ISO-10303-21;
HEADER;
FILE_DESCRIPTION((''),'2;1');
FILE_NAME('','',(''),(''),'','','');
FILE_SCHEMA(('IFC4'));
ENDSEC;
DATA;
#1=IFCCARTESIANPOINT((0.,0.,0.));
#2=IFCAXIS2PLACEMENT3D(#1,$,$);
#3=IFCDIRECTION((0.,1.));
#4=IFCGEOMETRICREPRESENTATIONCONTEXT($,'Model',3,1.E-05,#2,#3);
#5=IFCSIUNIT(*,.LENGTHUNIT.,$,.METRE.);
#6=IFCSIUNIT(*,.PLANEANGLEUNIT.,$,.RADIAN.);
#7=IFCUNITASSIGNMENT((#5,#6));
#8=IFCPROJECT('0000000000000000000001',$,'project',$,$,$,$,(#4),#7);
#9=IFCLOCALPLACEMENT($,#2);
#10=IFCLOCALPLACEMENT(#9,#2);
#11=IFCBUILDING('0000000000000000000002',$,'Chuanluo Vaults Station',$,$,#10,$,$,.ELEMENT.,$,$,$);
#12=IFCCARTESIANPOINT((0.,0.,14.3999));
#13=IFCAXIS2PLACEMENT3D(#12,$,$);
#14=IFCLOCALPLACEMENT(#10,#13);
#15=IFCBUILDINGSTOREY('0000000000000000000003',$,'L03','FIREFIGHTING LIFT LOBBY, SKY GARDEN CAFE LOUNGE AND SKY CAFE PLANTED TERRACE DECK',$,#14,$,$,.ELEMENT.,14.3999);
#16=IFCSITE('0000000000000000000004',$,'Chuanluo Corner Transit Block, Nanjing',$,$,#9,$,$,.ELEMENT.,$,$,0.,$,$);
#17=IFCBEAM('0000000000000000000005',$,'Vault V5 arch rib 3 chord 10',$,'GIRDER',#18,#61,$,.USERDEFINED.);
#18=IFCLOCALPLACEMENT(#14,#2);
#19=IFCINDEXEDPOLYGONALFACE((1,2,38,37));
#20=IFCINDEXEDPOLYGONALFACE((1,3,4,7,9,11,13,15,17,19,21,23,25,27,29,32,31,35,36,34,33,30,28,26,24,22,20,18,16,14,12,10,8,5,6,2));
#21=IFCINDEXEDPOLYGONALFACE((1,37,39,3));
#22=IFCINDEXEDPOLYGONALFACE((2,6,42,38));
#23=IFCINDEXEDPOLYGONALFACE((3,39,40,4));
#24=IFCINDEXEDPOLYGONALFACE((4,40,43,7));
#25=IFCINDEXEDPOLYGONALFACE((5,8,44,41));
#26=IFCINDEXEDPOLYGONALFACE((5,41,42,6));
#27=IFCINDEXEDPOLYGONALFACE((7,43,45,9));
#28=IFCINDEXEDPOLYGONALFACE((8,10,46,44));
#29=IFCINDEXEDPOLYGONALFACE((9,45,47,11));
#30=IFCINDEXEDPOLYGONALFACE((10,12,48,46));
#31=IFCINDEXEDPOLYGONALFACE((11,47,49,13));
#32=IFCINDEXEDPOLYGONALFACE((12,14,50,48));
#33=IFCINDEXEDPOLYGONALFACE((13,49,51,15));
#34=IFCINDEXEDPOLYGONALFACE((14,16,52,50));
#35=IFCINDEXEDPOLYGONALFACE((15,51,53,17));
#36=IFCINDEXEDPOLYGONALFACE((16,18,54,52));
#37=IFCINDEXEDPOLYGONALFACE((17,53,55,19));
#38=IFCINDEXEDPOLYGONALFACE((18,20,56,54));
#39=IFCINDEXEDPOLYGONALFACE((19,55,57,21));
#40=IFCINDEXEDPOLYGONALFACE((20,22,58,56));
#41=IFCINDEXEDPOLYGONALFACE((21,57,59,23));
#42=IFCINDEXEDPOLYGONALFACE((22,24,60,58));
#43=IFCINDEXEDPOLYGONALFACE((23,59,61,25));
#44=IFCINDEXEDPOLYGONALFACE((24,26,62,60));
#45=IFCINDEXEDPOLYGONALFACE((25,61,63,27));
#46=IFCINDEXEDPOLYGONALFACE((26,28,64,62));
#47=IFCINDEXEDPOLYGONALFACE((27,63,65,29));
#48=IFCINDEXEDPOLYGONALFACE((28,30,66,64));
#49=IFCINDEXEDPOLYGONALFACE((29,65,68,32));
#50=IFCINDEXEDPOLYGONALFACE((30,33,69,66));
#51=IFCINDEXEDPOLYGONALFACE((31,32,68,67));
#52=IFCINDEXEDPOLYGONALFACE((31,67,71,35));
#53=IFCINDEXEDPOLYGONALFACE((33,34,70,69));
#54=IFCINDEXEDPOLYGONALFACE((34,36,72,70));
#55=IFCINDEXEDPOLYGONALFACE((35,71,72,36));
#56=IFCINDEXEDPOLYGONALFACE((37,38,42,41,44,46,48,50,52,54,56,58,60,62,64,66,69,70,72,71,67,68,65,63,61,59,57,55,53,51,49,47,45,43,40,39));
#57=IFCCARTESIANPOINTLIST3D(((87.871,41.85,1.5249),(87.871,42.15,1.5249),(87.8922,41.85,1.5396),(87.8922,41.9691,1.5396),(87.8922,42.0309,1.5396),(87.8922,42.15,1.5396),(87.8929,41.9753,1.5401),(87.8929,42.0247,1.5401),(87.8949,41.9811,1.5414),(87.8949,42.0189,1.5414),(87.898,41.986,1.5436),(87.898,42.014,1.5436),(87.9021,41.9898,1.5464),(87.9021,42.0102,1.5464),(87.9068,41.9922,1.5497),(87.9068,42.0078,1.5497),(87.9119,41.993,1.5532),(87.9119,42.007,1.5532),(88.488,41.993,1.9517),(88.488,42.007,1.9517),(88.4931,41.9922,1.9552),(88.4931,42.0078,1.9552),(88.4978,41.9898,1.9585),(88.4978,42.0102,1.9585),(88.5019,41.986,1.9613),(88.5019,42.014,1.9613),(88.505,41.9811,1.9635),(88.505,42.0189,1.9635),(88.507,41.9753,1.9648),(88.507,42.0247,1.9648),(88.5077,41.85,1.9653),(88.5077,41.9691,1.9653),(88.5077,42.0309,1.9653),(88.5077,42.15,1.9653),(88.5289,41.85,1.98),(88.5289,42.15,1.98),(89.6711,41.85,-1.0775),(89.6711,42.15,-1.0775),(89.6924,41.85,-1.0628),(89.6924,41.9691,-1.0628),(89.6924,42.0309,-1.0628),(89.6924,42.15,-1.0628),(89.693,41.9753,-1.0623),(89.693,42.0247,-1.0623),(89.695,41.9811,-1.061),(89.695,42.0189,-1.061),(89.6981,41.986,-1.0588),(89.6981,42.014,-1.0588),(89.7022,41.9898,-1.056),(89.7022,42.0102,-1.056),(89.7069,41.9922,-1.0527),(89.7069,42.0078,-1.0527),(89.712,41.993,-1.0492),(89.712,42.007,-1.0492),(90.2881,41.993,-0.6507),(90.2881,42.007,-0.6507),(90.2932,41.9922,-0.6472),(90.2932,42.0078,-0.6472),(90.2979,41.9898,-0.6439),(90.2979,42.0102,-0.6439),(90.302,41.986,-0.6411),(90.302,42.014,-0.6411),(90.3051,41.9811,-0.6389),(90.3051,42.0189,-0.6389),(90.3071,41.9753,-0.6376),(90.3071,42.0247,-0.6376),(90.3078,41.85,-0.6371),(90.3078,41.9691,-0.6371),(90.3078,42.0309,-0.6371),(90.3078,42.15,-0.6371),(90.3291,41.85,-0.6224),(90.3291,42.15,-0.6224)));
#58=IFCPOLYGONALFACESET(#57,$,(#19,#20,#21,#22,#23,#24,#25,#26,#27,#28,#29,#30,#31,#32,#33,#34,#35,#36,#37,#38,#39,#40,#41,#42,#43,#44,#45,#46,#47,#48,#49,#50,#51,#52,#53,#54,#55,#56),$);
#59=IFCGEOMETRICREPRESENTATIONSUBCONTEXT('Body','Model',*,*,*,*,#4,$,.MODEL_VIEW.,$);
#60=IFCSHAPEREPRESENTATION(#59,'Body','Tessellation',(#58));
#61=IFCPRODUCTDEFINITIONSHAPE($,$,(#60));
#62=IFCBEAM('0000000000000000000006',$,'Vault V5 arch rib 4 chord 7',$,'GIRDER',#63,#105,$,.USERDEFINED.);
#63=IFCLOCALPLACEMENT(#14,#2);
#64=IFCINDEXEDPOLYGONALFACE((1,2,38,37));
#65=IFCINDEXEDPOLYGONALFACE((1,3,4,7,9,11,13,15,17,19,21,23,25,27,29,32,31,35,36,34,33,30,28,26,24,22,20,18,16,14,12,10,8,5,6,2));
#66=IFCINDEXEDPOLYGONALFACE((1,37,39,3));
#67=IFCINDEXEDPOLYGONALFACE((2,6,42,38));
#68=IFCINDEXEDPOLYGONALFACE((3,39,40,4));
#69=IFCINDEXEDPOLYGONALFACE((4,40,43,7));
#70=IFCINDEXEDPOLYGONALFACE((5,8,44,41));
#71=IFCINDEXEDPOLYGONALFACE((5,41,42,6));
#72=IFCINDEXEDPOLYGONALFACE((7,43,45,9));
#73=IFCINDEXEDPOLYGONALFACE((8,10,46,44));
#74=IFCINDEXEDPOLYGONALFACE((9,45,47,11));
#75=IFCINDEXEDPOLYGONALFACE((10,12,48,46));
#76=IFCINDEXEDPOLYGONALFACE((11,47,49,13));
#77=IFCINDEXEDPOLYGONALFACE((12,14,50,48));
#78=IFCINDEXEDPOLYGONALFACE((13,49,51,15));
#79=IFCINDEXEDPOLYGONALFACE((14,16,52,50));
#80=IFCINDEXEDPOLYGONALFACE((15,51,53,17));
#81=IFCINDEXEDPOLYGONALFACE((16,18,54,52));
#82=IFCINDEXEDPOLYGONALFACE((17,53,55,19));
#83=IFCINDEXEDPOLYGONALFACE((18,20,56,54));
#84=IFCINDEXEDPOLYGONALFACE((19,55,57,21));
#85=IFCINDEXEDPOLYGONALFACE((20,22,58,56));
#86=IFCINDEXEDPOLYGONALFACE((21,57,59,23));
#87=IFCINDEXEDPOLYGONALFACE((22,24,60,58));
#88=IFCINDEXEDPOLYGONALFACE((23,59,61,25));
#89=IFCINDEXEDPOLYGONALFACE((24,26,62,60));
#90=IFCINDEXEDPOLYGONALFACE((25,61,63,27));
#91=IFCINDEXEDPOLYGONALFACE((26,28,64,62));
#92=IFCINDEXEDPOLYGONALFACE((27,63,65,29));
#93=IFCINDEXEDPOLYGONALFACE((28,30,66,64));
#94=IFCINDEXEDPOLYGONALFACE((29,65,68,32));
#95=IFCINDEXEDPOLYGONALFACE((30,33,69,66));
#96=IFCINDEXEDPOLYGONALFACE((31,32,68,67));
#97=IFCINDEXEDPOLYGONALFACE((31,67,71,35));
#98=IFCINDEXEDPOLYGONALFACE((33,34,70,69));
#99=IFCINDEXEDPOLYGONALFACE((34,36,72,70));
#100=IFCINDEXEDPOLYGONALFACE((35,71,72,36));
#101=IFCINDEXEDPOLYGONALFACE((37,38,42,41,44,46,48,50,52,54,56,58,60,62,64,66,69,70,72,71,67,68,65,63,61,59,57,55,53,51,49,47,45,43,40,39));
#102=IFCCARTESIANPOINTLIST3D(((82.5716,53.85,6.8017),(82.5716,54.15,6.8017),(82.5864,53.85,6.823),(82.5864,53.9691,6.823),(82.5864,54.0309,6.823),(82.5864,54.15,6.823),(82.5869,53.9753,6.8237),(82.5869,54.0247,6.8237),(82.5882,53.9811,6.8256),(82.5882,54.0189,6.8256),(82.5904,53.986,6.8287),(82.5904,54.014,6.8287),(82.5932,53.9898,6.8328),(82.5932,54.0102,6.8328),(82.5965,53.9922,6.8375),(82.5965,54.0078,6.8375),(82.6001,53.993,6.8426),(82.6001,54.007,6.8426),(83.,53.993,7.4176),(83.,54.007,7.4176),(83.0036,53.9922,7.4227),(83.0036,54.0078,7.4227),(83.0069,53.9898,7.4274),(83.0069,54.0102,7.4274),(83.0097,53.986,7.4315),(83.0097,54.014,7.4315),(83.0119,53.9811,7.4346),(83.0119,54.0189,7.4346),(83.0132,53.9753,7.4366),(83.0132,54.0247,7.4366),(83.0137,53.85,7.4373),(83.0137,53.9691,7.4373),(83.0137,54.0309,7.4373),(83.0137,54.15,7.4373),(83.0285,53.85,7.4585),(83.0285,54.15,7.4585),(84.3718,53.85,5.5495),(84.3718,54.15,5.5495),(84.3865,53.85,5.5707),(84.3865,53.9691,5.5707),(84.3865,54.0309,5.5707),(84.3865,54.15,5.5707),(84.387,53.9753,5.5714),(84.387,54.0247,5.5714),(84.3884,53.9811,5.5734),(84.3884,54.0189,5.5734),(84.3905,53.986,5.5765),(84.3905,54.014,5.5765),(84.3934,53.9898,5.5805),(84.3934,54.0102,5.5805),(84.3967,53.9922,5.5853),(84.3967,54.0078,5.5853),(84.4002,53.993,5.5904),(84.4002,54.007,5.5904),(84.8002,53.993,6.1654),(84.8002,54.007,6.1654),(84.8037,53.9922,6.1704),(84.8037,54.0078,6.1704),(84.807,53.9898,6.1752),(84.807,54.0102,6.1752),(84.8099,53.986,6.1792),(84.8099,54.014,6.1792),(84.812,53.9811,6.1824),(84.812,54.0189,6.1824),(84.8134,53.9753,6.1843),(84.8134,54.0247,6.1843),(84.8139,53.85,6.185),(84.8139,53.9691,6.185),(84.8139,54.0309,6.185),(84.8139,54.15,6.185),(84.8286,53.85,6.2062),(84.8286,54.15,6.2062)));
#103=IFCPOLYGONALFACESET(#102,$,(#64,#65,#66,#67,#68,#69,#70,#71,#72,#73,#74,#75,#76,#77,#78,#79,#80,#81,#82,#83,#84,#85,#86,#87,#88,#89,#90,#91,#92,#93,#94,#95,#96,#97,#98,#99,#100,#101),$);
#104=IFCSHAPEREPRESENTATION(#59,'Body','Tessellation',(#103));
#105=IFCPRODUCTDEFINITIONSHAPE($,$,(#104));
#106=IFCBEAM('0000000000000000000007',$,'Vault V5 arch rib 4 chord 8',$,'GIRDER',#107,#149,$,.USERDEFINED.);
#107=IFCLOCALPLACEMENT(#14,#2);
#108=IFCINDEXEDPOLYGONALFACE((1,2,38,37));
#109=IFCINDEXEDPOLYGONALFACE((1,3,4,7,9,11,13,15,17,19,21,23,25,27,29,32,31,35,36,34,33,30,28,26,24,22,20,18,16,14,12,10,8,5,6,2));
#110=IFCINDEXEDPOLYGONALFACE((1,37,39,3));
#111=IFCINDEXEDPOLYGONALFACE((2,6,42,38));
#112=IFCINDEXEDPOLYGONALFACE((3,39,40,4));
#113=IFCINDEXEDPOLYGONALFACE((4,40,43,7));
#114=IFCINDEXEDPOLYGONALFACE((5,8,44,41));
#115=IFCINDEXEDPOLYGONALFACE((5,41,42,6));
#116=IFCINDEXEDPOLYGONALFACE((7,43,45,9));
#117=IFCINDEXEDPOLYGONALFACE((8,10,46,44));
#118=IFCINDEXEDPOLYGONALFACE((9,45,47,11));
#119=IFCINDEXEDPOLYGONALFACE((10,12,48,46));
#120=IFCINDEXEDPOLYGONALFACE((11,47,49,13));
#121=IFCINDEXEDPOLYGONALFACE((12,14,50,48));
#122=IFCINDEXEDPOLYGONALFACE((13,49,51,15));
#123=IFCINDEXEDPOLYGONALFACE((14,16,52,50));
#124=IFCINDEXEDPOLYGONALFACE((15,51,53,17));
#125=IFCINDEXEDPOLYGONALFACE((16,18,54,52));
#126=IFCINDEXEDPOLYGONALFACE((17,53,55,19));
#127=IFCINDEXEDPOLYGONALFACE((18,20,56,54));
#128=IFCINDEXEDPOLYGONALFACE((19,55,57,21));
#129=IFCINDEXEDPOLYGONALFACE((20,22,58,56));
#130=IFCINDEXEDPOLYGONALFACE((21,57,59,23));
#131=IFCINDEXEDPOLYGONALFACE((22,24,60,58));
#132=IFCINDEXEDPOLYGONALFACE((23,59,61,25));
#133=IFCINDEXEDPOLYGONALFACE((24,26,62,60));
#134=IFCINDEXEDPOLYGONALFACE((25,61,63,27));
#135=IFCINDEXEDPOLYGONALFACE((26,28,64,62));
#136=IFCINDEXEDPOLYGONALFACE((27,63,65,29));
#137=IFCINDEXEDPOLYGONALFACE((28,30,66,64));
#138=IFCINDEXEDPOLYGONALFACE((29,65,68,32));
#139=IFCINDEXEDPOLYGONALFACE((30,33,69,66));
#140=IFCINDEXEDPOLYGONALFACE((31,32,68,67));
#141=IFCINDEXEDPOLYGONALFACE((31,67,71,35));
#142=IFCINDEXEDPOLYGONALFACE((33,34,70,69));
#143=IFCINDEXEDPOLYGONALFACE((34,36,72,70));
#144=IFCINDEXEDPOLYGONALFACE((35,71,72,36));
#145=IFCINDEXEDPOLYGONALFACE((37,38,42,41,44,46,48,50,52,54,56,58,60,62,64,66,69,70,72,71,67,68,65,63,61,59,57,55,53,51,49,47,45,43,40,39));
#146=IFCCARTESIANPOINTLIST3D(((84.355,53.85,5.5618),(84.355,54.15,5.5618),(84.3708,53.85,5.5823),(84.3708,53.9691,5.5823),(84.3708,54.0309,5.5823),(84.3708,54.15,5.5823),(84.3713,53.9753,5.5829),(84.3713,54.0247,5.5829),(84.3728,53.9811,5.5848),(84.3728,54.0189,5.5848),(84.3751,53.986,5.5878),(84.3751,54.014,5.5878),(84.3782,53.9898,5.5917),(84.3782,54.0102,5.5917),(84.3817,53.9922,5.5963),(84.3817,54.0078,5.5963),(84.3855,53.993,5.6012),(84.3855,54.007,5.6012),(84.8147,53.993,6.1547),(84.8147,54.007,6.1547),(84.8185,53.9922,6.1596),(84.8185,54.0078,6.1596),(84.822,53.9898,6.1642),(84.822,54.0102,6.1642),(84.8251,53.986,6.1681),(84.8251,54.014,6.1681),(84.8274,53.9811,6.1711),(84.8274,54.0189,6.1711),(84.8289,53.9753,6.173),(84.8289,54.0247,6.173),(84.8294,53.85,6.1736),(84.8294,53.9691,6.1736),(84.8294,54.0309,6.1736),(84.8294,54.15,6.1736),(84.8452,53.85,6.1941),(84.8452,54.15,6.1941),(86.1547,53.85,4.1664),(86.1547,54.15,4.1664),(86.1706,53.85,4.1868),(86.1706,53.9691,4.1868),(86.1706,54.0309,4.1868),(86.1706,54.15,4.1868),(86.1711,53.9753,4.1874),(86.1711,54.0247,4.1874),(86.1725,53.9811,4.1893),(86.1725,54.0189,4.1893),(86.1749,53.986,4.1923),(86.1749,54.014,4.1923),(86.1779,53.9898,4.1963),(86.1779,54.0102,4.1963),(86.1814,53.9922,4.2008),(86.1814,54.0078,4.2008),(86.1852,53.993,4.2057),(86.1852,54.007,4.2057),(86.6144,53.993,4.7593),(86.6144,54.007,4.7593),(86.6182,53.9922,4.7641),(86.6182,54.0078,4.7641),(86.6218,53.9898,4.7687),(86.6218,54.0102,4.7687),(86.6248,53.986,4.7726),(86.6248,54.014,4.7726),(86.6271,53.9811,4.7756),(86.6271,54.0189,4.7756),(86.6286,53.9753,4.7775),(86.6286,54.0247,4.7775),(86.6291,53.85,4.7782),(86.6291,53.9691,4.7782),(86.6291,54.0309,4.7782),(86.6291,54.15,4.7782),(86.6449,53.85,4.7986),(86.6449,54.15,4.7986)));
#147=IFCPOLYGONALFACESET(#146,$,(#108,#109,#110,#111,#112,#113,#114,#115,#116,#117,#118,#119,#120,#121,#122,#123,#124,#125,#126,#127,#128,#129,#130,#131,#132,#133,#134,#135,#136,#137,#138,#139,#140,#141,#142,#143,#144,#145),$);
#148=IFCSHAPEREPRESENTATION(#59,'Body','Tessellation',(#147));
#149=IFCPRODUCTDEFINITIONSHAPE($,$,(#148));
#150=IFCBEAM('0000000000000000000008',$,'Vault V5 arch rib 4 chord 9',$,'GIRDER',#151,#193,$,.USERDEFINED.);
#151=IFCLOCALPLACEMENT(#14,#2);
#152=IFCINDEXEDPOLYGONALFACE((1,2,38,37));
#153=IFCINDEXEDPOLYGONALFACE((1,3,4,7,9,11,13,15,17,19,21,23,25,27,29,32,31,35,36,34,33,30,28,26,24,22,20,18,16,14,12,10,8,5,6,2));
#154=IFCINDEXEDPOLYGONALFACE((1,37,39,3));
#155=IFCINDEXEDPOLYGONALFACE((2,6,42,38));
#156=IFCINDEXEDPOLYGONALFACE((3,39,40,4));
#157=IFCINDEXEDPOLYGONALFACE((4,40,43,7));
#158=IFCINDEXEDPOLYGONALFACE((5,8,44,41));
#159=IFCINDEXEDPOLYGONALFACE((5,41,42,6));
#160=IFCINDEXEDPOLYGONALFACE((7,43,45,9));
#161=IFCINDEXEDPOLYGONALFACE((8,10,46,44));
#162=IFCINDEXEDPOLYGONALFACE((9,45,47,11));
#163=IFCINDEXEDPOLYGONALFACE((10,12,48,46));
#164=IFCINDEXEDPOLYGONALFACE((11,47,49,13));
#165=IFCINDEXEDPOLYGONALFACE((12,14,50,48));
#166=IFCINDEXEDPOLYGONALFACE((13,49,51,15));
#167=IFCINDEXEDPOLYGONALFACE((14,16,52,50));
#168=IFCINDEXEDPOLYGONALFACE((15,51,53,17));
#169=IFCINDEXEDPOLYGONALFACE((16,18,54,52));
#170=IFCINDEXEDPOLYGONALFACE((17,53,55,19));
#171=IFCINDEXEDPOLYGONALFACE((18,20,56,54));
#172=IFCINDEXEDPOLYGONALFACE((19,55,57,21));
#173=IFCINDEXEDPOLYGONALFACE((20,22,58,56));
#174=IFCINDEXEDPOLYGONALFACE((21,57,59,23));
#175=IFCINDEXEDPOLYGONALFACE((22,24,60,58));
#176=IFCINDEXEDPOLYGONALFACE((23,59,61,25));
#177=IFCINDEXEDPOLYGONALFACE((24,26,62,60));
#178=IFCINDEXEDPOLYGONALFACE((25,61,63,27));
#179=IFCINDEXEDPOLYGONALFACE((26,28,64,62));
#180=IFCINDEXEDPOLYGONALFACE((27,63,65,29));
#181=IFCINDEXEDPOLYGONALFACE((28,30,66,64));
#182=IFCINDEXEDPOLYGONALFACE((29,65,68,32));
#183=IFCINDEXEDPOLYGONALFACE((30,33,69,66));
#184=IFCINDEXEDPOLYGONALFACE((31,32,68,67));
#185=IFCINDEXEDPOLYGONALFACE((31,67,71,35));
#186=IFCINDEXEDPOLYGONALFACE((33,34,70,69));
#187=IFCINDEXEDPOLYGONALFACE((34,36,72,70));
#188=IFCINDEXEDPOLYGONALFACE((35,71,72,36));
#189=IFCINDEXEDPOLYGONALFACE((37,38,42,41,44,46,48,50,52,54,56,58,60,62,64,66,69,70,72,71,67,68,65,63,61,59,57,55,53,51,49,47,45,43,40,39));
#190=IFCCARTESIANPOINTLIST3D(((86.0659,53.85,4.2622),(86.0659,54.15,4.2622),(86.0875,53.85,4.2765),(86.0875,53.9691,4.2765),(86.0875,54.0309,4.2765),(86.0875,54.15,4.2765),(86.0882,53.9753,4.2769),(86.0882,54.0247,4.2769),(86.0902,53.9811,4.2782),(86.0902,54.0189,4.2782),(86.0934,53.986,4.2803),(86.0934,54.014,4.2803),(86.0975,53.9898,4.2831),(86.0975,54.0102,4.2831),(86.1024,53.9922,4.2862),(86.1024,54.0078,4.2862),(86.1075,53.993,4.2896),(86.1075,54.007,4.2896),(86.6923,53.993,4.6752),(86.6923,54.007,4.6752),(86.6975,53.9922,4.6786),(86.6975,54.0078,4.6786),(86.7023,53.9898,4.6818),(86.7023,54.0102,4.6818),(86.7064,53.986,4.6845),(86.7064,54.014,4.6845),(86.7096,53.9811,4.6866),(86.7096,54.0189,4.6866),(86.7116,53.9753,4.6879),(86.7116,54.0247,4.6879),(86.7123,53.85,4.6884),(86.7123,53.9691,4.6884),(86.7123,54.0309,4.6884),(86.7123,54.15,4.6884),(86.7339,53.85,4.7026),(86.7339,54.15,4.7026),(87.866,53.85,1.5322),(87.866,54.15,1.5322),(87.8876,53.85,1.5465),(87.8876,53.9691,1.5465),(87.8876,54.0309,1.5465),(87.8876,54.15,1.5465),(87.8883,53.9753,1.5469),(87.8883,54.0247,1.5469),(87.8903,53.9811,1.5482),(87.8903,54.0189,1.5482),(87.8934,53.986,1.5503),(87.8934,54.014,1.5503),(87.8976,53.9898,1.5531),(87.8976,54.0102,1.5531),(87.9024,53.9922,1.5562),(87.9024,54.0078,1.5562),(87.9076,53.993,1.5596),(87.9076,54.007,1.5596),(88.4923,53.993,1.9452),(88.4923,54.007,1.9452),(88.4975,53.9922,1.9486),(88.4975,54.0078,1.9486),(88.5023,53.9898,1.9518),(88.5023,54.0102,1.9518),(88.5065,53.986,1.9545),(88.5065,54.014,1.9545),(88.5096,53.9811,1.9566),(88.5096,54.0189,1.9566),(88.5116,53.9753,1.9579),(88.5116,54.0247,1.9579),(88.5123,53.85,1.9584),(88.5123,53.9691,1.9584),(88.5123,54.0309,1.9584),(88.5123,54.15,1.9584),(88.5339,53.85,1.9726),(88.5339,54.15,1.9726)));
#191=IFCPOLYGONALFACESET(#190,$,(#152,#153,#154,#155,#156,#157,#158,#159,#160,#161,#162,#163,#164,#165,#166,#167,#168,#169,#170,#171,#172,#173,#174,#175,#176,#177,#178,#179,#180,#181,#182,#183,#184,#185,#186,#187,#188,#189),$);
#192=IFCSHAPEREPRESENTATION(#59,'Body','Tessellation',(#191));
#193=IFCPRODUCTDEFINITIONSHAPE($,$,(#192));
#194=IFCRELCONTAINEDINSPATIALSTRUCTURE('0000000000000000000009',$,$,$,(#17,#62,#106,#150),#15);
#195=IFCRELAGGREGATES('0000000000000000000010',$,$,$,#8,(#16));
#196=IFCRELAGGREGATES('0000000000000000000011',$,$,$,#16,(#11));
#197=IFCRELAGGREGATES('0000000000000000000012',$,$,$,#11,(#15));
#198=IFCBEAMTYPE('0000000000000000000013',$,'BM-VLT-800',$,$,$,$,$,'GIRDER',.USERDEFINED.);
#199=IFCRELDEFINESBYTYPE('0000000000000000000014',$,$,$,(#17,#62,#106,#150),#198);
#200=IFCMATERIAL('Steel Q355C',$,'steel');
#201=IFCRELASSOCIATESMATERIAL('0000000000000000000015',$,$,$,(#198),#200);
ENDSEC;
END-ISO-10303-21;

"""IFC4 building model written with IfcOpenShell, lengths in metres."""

from ifc_helpers import new_model, si_unit, direction, frame, origin, origin_2d, place, context, subcontext, project, spatial, i_section, extrude, material, material_profile, profile_set, type_object, element, save


model = new_model("IFC4")

# Units and contexts
model_context = context("Model", 3, precision=1e-05, world=origin(), true_north=direction((0.0, 1.0)))
body_context = subcontext(model_context, "Body", "Model", "MODEL_VIEW")
ifc_project = project(units=[si_unit("LENGTHUNIT", "METRE"), si_unit("PLANEANGLEUNIT", "RADIAN")], contexts=[model_context])

# Site, building, storey
site_placement = place(None, origin())
site = spatial("IfcSite", under=ifc_project, at=site_placement, Name="Chuanluo Corner Transit Block, Nanjing", CompositionType="ELEMENT", RefElevation=0.0)
building_placement = place(site_placement, origin())
building = spatial("IfcBuilding", under=site, at=building_placement, Name="Chuanluo Vaults Station", CompositionType="ELEMENT")
storey_placement = place(building_placement, frame((0.0, 0.0, 14.3999)))
storey = spatial("IfcBuildingStorey", under=building, at=storey_placement, Name="L03", Description="FIREFIGHTING LIFT LOBBY, SKY GARDEN CAFE LOUNGE AND SKY CAFE PLANTED TERRACE DECK", CompositionType="ELEMENT", Elevation=14.3999)

# Beams
ifc_material_1 = material(Name="Steel Q355C", Category="steel")
ifc_material_profile_1 = material_profile(ifc_material_1, i_section(OverallWidth=0.3, OverallDepth=0.8, WebThickness=0.0139, FlangeThickness=0.0259, FilletRadius=0.0239, at=origin_2d()))
ifc_profile_set_1 = profile_set([ifc_material_profile_1], Name="Steel Q355C")
beam_type_1 = type_object("IfcBeamType", Name="BM-VLT-800", ElementType="GIRDER", PredefinedType="USERDEFINED", material=ifc_profile_set_1)
beam_1_placement = place(storey_placement, frame((88.2, 42.0, 1.7524), z_axis=(0.568881, 0.0, -0.82242), x_axis=(0.0, 1.0, 0.0)))
element("IfcBeam", 1, at=beam_1_placement, inside=storey, type_object=beam_type_1, Name="Vault V5 arch rib 3 chord 10", ObjectType="GIRDER", PredefinedType="USERDEFINED", context=body_context, shape_type="SweptSolid", body=[
    extrude(i_section(OverallWidth=0.3, OverallDepth=0.8, WebThickness=0.0139, FlangeThickness=0.0259, FilletRadius=0.0239, at=origin_2d()), origin(), (0.0, 0.0, 1.0), 3.1643),
])
beam_2_placement = place(storey_placement, frame((82.8, 54.0, 7.1301), z_axis=(0.820907, 0.0, -0.571061), x_axis=(0.0, 1.0, 0.0)))
element("IfcBeam", 2, at=beam_2_placement, inside=storey, type_object=beam_type_1, Name="Vault V5 arch rib 4 chord 7", ObjectType="GIRDER", PredefinedType="USERDEFINED", context=body_context, shape_type="SweptSolid", body=[
    extrude(i_section(OverallWidth=0.3, OverallDepth=0.8, WebThickness=0.0139, FlangeThickness=0.0259, FilletRadius=0.0239, at=origin_2d()), origin(), (0.0, 0.0, 1.0), 2.1929),
])
beam_3_placement = place(storey_placement, frame((84.6001, 54.0, 5.8779), z_axis=(0.790275, 0.0, -0.612752), x_axis=(0.0, 1.0, 0.0)))
element("IfcBeam", 3, at=beam_3_placement, inside=storey, type_object=beam_type_1, Name="Vault V5 arch rib 4 chord 8", ObjectType="GIRDER", PredefinedType="USERDEFINED", context=body_context, shape_type="SweptSolid", body=[
    extrude(i_section(OverallWidth=0.3, OverallDepth=0.8, WebThickness=0.0139, FlangeThickness=0.0259, FilletRadius=0.0239, at=origin_2d()), origin(), (0.0, 0.0, 1.0), 2.2773),
])
beam_4_placement = place(storey_placement, frame((86.3999, 54.0, 4.4824), z_axis=(0.550472, 0.0, -0.834854), x_axis=(0.0, 1.0, 0.0)))
element("IfcBeam", 4, at=beam_4_placement, inside=storey, type_object=beam_type_1, Name="Vault V5 arch rib 4 chord 9", ObjectType="GIRDER", PredefinedType="USERDEFINED", context=body_context, shape_type="SweptSolid", body=[
    extrude(i_section(OverallWidth=0.3, OverallDepth=0.8, WebThickness=0.0139, FlangeThickness=0.0259, FilletRadius=0.0239, at=origin_2d()), origin(), (0.0, 0.0, 1.0), 3.27),
])

save(model, "model.ifc")
